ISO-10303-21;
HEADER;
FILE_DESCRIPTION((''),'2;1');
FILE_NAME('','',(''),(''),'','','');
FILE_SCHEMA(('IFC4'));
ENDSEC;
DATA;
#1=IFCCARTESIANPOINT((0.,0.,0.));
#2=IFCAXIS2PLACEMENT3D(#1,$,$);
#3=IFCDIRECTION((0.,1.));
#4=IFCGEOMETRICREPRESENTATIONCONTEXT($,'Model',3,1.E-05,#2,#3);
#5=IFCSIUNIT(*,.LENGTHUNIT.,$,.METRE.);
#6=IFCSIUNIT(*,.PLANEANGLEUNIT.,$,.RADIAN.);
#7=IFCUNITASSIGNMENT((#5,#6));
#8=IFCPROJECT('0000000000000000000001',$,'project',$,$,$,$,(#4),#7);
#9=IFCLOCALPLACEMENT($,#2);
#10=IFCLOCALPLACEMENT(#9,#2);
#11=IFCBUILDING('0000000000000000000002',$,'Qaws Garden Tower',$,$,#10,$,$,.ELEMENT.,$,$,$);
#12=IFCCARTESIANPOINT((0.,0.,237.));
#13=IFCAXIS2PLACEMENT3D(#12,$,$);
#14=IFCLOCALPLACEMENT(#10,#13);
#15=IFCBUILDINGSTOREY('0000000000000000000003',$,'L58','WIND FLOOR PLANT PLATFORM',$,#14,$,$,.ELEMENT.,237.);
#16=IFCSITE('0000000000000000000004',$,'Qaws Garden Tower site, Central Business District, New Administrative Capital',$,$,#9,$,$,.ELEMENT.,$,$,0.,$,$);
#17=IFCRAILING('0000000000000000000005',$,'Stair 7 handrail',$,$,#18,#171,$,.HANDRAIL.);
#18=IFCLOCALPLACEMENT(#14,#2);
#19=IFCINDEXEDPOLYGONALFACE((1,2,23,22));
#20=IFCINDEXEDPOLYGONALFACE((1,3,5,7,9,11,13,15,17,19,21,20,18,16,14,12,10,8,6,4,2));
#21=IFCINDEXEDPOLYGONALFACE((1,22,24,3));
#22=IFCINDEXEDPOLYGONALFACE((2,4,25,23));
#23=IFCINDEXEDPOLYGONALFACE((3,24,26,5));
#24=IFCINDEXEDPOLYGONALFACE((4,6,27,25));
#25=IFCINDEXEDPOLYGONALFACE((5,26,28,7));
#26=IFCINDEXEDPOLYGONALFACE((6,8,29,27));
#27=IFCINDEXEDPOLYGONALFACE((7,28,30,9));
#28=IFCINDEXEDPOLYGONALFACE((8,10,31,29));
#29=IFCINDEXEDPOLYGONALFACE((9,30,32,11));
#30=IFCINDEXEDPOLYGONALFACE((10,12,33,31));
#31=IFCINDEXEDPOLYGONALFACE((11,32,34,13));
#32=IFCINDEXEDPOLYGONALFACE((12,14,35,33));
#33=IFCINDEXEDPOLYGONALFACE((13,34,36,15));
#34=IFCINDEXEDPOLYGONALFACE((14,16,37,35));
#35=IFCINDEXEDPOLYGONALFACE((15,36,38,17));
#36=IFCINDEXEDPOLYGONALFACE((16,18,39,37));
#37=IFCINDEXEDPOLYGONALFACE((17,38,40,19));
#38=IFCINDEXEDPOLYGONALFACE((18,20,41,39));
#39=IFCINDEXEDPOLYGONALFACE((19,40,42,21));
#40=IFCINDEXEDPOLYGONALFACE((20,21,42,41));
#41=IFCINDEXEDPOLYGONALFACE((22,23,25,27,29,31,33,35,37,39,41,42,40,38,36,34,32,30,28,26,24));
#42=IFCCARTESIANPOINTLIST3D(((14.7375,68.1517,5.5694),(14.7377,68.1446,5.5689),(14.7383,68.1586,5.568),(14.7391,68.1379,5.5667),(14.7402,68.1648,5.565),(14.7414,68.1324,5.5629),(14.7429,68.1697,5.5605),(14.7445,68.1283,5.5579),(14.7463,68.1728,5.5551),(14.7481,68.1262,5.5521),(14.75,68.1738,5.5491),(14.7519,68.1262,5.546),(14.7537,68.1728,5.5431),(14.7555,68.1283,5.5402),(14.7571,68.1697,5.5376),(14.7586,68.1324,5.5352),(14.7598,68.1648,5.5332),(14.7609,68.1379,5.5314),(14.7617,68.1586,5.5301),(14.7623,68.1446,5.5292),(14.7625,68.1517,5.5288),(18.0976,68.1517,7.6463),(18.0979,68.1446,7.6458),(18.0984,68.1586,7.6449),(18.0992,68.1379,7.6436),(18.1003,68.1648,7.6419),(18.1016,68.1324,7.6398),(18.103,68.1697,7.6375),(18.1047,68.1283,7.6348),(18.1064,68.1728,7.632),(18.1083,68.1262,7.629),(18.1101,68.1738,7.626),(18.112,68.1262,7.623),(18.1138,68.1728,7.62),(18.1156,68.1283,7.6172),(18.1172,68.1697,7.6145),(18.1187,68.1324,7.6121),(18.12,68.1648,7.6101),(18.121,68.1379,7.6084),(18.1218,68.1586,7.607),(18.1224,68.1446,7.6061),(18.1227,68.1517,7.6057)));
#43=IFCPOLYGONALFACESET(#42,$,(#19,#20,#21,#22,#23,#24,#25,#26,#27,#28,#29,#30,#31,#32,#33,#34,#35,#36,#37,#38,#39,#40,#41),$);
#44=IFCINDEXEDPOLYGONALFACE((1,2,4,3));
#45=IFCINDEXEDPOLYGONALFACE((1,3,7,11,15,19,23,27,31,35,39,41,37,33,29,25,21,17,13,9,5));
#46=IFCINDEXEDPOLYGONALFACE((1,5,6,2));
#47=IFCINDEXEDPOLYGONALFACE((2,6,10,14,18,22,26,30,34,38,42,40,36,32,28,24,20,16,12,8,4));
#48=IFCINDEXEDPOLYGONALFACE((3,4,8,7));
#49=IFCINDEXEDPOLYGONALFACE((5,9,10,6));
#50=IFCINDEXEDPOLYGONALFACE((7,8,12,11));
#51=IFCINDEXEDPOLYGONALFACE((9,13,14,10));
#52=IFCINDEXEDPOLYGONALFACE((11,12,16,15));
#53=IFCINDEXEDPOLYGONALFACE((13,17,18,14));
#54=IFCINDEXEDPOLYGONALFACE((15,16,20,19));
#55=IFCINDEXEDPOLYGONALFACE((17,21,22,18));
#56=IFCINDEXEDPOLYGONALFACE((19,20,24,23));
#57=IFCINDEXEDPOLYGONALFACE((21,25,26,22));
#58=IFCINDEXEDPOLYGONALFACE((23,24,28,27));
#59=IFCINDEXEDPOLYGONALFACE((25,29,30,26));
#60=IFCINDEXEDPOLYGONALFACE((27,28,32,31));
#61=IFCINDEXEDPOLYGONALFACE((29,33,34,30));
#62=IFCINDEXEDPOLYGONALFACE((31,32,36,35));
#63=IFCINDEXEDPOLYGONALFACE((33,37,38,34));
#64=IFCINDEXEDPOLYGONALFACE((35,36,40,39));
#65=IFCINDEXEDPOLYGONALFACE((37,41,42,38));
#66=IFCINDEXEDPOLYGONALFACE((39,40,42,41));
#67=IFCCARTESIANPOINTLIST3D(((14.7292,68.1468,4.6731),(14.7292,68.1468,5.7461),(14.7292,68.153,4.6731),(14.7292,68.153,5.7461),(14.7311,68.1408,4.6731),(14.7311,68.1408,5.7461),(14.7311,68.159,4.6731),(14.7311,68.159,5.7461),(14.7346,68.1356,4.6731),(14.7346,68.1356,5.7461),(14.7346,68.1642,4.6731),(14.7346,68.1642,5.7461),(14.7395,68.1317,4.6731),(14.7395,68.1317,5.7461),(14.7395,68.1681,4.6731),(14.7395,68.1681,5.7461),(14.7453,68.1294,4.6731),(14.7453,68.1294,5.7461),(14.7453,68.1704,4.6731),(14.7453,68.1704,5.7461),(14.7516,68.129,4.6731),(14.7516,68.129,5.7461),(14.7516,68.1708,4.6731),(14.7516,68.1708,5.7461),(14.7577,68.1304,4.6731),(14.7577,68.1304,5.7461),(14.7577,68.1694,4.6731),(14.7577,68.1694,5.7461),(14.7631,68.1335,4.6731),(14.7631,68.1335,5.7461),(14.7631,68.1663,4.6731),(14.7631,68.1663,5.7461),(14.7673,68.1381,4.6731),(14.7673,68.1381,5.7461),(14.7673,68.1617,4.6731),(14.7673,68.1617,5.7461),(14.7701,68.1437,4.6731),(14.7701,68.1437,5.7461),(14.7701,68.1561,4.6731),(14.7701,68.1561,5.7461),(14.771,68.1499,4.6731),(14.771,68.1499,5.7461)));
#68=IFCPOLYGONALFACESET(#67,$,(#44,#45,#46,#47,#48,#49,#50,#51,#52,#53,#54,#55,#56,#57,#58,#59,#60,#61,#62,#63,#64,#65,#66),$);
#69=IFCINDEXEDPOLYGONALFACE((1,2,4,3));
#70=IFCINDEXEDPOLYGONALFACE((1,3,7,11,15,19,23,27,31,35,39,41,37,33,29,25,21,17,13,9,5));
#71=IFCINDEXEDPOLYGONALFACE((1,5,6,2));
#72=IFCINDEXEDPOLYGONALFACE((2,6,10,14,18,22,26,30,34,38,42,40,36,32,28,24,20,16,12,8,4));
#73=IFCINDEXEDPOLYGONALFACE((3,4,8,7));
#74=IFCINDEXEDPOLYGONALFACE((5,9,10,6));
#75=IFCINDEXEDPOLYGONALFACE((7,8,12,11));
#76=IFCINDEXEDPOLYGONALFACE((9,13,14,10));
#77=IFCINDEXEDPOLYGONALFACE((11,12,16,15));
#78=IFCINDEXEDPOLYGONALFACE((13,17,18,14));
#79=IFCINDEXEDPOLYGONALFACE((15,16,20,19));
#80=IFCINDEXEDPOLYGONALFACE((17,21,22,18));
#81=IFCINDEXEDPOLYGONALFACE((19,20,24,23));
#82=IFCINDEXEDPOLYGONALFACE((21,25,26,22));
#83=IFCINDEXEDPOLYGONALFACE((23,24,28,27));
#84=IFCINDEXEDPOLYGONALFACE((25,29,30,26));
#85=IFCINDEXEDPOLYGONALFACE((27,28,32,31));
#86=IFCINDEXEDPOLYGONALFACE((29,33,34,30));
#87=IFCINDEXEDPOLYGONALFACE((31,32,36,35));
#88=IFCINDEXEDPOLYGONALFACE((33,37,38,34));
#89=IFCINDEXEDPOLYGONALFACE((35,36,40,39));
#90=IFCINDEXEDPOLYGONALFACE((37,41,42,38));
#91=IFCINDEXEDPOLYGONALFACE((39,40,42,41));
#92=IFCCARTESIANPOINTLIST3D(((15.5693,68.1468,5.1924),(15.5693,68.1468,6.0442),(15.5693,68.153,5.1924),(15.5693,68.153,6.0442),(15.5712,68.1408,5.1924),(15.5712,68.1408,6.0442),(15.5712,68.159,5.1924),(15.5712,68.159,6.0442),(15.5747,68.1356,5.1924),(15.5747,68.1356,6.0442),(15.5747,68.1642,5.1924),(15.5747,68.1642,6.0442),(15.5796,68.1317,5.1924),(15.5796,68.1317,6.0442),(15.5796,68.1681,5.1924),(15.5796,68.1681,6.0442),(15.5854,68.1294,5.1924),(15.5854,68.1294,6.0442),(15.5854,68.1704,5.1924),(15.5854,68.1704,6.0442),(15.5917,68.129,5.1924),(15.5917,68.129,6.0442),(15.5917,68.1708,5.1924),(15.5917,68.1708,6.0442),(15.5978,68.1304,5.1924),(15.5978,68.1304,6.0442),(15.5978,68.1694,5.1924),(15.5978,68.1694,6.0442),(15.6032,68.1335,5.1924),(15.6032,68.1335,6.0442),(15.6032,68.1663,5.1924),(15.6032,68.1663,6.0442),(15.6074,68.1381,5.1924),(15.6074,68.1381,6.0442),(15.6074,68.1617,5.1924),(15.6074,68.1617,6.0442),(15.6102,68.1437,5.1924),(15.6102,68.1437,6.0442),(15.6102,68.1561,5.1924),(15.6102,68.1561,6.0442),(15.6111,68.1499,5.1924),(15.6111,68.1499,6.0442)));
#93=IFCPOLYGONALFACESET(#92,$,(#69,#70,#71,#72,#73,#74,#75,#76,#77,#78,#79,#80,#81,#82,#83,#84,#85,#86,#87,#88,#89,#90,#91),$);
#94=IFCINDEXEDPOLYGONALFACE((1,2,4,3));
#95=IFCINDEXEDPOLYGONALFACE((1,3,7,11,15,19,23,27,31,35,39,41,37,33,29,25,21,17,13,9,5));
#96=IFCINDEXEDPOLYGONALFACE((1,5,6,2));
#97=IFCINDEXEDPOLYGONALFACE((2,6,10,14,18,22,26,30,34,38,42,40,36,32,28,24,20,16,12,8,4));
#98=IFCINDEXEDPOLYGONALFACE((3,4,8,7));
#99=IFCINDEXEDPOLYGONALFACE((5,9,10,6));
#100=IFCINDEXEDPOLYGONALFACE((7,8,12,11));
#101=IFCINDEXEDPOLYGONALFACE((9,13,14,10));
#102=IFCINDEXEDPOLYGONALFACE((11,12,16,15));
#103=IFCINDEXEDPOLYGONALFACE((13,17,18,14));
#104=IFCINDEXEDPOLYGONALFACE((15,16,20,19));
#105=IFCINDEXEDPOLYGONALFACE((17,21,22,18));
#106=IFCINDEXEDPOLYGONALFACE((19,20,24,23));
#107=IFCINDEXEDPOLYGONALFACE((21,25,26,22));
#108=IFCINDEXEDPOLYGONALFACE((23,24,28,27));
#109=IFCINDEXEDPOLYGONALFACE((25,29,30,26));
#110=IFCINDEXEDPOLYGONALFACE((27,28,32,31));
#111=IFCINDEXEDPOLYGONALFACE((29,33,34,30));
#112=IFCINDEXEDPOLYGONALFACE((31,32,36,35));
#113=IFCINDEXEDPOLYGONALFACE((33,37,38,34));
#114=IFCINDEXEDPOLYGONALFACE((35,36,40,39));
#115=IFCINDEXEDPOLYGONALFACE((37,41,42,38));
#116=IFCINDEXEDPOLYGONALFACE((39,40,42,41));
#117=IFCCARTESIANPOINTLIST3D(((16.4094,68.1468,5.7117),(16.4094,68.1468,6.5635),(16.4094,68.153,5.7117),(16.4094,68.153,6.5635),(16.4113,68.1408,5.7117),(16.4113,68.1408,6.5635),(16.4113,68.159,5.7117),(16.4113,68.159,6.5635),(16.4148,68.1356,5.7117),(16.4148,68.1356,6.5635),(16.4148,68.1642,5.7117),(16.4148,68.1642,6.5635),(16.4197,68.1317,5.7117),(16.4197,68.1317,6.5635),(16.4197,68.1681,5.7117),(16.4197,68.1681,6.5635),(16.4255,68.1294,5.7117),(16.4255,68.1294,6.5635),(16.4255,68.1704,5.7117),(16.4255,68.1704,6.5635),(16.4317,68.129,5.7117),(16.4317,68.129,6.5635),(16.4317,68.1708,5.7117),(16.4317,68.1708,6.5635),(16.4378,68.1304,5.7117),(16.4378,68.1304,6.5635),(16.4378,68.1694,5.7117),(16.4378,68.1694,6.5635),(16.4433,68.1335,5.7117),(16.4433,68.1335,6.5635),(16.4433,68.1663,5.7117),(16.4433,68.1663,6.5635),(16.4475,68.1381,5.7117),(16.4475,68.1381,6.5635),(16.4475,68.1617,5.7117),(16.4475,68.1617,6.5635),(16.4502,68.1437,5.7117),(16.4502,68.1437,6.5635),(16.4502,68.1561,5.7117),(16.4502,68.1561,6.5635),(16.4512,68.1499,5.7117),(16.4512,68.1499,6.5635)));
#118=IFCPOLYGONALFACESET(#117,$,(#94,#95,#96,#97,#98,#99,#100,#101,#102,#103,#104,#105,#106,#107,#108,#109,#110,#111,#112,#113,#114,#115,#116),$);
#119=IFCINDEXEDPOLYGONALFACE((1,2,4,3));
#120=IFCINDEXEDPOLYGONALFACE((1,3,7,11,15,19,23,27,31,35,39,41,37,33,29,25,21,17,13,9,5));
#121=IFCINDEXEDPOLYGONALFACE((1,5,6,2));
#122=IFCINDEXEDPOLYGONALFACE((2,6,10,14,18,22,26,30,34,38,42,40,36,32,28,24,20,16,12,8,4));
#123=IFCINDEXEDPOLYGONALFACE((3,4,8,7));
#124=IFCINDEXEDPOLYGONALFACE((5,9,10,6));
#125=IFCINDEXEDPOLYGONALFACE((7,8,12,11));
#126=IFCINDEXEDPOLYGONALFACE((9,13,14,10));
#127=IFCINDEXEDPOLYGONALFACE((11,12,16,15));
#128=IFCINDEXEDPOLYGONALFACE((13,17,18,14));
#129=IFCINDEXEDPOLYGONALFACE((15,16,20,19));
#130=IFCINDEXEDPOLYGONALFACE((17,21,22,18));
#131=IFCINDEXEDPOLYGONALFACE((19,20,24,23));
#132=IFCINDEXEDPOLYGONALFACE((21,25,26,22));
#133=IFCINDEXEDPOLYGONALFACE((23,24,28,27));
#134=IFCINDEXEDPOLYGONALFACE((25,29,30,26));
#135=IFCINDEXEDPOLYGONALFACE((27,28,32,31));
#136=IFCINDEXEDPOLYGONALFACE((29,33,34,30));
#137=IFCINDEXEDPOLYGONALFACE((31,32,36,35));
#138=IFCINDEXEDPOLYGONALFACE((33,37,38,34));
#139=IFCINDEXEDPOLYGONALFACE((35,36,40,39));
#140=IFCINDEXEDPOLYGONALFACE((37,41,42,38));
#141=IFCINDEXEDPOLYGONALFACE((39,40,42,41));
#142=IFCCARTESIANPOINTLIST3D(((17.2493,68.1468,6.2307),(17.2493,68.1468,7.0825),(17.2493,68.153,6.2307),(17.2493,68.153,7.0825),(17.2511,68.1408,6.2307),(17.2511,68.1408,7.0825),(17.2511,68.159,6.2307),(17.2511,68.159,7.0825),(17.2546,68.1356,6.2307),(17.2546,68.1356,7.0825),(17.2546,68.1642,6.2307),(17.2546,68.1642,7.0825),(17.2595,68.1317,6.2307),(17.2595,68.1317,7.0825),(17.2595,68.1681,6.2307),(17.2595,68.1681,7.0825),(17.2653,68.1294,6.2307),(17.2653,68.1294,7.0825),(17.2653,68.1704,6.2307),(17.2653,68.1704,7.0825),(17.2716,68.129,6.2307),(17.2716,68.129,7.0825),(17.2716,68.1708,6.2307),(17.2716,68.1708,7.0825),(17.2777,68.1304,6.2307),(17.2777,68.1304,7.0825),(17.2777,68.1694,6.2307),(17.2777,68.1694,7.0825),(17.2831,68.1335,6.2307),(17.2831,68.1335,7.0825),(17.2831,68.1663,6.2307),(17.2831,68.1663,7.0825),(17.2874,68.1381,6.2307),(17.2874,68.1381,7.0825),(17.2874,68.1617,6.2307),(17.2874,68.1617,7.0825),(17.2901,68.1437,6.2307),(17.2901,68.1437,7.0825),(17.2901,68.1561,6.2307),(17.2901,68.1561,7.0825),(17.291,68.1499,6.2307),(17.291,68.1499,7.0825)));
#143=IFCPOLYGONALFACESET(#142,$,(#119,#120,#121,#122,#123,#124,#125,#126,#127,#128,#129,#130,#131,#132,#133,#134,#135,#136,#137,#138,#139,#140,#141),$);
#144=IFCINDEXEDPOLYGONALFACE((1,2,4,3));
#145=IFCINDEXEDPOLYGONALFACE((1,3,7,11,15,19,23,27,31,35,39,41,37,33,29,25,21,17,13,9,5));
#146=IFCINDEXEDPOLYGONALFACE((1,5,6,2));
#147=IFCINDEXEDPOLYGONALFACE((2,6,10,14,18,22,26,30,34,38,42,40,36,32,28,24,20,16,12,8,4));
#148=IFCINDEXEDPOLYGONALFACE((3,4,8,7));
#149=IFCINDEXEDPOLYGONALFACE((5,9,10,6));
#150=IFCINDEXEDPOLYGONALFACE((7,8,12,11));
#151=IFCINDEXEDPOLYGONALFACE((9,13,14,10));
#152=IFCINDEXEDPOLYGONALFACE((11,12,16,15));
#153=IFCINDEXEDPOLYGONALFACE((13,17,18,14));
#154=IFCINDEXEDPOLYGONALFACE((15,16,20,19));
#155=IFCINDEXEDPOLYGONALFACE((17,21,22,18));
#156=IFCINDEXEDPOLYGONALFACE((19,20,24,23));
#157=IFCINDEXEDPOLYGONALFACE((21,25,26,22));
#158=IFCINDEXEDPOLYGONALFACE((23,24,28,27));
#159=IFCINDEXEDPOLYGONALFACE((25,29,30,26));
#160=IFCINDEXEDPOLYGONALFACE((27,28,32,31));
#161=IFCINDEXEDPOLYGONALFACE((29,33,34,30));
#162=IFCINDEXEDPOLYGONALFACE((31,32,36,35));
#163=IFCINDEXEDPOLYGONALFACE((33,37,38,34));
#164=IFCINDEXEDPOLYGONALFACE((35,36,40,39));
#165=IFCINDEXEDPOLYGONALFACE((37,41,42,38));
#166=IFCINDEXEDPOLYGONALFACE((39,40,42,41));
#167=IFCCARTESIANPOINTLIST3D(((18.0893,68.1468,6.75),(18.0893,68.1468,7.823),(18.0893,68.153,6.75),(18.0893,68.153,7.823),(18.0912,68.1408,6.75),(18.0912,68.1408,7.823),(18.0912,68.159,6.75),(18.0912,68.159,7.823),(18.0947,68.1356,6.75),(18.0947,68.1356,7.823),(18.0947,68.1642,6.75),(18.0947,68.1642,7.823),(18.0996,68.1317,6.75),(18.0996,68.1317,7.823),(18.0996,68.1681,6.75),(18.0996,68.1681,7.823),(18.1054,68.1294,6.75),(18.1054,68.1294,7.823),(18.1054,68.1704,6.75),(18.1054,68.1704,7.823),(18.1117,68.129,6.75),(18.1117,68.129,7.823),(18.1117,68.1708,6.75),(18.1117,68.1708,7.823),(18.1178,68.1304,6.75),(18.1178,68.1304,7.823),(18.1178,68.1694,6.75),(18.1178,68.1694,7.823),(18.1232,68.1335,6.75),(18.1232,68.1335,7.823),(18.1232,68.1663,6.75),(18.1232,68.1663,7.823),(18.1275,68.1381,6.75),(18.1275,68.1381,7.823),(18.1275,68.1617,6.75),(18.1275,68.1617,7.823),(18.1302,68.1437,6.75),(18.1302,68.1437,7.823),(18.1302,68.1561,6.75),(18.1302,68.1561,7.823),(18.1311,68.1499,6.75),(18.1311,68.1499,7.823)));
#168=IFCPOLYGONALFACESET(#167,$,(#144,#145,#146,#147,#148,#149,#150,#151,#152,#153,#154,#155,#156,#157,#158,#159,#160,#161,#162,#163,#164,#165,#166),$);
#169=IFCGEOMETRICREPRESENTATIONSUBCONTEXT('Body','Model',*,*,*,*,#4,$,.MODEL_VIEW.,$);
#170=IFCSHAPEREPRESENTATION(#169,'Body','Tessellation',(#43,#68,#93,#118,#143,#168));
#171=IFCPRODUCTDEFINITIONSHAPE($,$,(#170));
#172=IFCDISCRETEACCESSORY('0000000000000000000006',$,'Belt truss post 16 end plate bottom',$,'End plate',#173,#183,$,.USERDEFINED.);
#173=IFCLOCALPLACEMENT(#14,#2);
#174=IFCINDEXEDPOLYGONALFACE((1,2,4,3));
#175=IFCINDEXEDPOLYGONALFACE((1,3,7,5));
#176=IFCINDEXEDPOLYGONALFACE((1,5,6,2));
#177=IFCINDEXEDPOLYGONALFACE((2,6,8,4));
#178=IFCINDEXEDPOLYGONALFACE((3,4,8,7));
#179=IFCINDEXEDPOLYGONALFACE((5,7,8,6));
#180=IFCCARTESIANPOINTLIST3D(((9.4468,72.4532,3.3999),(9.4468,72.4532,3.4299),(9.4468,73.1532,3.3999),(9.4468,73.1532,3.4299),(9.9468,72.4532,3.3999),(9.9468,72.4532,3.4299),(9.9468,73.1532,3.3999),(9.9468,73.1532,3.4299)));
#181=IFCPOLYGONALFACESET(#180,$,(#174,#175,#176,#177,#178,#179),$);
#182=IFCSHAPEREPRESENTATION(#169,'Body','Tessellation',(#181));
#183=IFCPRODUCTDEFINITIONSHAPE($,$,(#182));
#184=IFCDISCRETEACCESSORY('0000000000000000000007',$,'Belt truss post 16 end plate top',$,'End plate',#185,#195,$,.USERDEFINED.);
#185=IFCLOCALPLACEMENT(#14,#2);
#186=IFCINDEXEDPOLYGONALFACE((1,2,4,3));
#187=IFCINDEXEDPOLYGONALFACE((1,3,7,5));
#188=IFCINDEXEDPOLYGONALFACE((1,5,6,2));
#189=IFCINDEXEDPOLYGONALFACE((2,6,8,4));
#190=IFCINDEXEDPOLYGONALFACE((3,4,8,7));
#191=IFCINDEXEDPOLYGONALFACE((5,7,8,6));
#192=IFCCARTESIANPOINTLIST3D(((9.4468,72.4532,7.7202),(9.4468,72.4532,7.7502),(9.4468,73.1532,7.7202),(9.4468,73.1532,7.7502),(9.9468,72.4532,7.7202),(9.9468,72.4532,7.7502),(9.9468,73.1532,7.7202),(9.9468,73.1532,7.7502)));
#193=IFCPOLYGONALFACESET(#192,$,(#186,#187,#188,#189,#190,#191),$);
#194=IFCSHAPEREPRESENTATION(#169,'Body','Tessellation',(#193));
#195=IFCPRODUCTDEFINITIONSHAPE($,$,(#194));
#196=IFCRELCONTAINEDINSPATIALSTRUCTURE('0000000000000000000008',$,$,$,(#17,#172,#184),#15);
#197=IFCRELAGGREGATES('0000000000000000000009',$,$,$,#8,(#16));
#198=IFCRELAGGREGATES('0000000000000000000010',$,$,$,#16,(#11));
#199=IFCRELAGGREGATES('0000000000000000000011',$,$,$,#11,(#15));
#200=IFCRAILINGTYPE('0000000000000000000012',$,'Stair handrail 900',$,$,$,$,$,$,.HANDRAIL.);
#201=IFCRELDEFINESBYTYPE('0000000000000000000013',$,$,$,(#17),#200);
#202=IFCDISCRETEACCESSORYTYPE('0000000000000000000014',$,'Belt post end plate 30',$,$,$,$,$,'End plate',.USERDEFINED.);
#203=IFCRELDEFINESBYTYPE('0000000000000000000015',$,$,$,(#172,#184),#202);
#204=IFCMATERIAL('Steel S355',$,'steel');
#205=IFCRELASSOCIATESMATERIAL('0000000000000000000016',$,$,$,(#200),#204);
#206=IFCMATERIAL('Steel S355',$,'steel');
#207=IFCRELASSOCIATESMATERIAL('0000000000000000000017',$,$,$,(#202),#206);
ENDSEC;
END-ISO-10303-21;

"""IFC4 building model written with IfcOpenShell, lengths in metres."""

from ifc_helpers import new_model, si_unit, direction, frame, origin, origin_2d, place, context, subcontext, project, spatial, rectangle, circle, extrude, material, type_object, element, save


model = new_model("IFC4")

# Units and contexts
model_context = context("Model", 3, precision=1e-05, world=origin(), true_north=direction((0.0, 1.0)))
body_context = subcontext(model_context, "Body", "Model", "MODEL_VIEW")
ifc_project = project(units=[si_unit("LENGTHUNIT", "METRE"), si_unit("PLANEANGLEUNIT", "RADIAN")], contexts=[model_context])

# Site, building, storey
site_placement = place(None, origin())
site = spatial("IfcSite", under=ifc_project, at=site_placement, Name="Qaws Garden Tower site, Central Business District, New Administrative Capital", CompositionType="ELEMENT", RefElevation=0.0)
building_placement = place(site_placement, origin())
building = spatial("IfcBuilding", under=site, at=building_placement, Name="Qaws Garden Tower", CompositionType="ELEMENT")
storey_placement = place(building_placement, frame((0.0, 0.0, 237.0)))
storey = spatial("IfcBuildingStorey", under=building, at=storey_placement, Name="L58", Description="WIND FLOOR PLANT PLATFORM", CompositionType="ELEMENT", Elevation=237.0)

# Shared definitions
placement_1 = place(storey_placement, frame((9.6968, 72.8032, 3.3999), z_axis=(0.0, 0.0, 1.0), x_axis=(1.0, 0.0, 0.0)))

# Railing
ifc_material_1 = material(Name="Steel S355", Category="steel")
railing_type_1 = type_object("IfcRailingType", Name="Stair handrail 900", PredefinedType="HANDRAIL", material=ifc_material_1)
for number, where, name in (
    (1, (14.75, 68.1499, 4.6731), "Stair 7 handrail"),
):
    element("IfcRailing", number, at=place(storey_placement, frame(where)), inside=storey, type_object=railing_type_1, Name=name, PredefinedType="HANDRAIL", context=body_context, shape_type="SweptSolid", body=[
        extrude(circle(Radius=0.0239, at=origin_2d()), frame((0.0, 0.0, 0.876), z_axis=(0.850623, 0.0, 0.525776), x_axis=(0.0, 1.0, 0.0)), (0.0, 0.0, 1.0), 3.9502),
        extrude(circle(Radius=0.021, at=origin_2d()), origin(), (0.0, 0.0, 1.0), 1.073),
        extrude(circle(Radius=0.021, at=origin_2d()), frame((0.8401, 0.0, 0.5193)), (0.0, 0.0, 1.0), 0.8518),
        extrude(circle(Radius=0.021, at=origin_2d()), frame((1.6802, 0.0, 1.0386)), (0.0, 0.0, 1.0), 0.8518),
        extrude(circle(Radius=0.021, at=origin_2d()), frame((2.52, 0.0, 1.5576)), (0.0, 0.0, 1.0), 0.8518),
        extrude(circle(Radius=0.021, at=origin_2d()), frame((3.3601, 0.0, 2.0769)), (0.0, 0.0, 1.0), 1.073),
    ])

# Discrete accessories
ifc_material_2 = material(Name="Steel S355", Category="steel")
discrete_accessory_type = type_object("IfcDiscreteAccessoryType", Name="Belt post end plate 30", ElementType="End plate", PredefinedType="USERDEFINED", material=ifc_material_2)
element("IfcDiscreteAccessory", 2, at=placement_1, inside=storey, type_object=discrete_accessory_type, Name="Belt truss post 16 end plate bottom", ObjectType="End plate", PredefinedType="USERDEFINED", context=body_context, shape_type="SweptSolid", body=[
    extrude(rectangle(XDim=0.5, YDim=0.7, at=origin_2d()), origin(), (0.0, 0.0, 1.0), 0.03),
])
discrete_accessory_1_placement = place(storey_placement, frame((9.6968, 72.8032, 7.7202), z_axis=(0.0, 0.0, 1.0), x_axis=(1.0, 0.0, 0.0)))
element("IfcDiscreteAccessory", 3, at=discrete_accessory_1_placement, inside=storey, type_object=discrete_accessory_type, Name="Belt truss post 16 end plate top", ObjectType="End plate", PredefinedType="USERDEFINED", context=body_context, shape_type="SweptSolid", body=[
    extrude(rectangle(XDim=0.5, YDim=0.7, at=origin_2d()), origin(), (0.0, 0.0, 1.0), 0.03),
])

save(model, "model.ifc")
